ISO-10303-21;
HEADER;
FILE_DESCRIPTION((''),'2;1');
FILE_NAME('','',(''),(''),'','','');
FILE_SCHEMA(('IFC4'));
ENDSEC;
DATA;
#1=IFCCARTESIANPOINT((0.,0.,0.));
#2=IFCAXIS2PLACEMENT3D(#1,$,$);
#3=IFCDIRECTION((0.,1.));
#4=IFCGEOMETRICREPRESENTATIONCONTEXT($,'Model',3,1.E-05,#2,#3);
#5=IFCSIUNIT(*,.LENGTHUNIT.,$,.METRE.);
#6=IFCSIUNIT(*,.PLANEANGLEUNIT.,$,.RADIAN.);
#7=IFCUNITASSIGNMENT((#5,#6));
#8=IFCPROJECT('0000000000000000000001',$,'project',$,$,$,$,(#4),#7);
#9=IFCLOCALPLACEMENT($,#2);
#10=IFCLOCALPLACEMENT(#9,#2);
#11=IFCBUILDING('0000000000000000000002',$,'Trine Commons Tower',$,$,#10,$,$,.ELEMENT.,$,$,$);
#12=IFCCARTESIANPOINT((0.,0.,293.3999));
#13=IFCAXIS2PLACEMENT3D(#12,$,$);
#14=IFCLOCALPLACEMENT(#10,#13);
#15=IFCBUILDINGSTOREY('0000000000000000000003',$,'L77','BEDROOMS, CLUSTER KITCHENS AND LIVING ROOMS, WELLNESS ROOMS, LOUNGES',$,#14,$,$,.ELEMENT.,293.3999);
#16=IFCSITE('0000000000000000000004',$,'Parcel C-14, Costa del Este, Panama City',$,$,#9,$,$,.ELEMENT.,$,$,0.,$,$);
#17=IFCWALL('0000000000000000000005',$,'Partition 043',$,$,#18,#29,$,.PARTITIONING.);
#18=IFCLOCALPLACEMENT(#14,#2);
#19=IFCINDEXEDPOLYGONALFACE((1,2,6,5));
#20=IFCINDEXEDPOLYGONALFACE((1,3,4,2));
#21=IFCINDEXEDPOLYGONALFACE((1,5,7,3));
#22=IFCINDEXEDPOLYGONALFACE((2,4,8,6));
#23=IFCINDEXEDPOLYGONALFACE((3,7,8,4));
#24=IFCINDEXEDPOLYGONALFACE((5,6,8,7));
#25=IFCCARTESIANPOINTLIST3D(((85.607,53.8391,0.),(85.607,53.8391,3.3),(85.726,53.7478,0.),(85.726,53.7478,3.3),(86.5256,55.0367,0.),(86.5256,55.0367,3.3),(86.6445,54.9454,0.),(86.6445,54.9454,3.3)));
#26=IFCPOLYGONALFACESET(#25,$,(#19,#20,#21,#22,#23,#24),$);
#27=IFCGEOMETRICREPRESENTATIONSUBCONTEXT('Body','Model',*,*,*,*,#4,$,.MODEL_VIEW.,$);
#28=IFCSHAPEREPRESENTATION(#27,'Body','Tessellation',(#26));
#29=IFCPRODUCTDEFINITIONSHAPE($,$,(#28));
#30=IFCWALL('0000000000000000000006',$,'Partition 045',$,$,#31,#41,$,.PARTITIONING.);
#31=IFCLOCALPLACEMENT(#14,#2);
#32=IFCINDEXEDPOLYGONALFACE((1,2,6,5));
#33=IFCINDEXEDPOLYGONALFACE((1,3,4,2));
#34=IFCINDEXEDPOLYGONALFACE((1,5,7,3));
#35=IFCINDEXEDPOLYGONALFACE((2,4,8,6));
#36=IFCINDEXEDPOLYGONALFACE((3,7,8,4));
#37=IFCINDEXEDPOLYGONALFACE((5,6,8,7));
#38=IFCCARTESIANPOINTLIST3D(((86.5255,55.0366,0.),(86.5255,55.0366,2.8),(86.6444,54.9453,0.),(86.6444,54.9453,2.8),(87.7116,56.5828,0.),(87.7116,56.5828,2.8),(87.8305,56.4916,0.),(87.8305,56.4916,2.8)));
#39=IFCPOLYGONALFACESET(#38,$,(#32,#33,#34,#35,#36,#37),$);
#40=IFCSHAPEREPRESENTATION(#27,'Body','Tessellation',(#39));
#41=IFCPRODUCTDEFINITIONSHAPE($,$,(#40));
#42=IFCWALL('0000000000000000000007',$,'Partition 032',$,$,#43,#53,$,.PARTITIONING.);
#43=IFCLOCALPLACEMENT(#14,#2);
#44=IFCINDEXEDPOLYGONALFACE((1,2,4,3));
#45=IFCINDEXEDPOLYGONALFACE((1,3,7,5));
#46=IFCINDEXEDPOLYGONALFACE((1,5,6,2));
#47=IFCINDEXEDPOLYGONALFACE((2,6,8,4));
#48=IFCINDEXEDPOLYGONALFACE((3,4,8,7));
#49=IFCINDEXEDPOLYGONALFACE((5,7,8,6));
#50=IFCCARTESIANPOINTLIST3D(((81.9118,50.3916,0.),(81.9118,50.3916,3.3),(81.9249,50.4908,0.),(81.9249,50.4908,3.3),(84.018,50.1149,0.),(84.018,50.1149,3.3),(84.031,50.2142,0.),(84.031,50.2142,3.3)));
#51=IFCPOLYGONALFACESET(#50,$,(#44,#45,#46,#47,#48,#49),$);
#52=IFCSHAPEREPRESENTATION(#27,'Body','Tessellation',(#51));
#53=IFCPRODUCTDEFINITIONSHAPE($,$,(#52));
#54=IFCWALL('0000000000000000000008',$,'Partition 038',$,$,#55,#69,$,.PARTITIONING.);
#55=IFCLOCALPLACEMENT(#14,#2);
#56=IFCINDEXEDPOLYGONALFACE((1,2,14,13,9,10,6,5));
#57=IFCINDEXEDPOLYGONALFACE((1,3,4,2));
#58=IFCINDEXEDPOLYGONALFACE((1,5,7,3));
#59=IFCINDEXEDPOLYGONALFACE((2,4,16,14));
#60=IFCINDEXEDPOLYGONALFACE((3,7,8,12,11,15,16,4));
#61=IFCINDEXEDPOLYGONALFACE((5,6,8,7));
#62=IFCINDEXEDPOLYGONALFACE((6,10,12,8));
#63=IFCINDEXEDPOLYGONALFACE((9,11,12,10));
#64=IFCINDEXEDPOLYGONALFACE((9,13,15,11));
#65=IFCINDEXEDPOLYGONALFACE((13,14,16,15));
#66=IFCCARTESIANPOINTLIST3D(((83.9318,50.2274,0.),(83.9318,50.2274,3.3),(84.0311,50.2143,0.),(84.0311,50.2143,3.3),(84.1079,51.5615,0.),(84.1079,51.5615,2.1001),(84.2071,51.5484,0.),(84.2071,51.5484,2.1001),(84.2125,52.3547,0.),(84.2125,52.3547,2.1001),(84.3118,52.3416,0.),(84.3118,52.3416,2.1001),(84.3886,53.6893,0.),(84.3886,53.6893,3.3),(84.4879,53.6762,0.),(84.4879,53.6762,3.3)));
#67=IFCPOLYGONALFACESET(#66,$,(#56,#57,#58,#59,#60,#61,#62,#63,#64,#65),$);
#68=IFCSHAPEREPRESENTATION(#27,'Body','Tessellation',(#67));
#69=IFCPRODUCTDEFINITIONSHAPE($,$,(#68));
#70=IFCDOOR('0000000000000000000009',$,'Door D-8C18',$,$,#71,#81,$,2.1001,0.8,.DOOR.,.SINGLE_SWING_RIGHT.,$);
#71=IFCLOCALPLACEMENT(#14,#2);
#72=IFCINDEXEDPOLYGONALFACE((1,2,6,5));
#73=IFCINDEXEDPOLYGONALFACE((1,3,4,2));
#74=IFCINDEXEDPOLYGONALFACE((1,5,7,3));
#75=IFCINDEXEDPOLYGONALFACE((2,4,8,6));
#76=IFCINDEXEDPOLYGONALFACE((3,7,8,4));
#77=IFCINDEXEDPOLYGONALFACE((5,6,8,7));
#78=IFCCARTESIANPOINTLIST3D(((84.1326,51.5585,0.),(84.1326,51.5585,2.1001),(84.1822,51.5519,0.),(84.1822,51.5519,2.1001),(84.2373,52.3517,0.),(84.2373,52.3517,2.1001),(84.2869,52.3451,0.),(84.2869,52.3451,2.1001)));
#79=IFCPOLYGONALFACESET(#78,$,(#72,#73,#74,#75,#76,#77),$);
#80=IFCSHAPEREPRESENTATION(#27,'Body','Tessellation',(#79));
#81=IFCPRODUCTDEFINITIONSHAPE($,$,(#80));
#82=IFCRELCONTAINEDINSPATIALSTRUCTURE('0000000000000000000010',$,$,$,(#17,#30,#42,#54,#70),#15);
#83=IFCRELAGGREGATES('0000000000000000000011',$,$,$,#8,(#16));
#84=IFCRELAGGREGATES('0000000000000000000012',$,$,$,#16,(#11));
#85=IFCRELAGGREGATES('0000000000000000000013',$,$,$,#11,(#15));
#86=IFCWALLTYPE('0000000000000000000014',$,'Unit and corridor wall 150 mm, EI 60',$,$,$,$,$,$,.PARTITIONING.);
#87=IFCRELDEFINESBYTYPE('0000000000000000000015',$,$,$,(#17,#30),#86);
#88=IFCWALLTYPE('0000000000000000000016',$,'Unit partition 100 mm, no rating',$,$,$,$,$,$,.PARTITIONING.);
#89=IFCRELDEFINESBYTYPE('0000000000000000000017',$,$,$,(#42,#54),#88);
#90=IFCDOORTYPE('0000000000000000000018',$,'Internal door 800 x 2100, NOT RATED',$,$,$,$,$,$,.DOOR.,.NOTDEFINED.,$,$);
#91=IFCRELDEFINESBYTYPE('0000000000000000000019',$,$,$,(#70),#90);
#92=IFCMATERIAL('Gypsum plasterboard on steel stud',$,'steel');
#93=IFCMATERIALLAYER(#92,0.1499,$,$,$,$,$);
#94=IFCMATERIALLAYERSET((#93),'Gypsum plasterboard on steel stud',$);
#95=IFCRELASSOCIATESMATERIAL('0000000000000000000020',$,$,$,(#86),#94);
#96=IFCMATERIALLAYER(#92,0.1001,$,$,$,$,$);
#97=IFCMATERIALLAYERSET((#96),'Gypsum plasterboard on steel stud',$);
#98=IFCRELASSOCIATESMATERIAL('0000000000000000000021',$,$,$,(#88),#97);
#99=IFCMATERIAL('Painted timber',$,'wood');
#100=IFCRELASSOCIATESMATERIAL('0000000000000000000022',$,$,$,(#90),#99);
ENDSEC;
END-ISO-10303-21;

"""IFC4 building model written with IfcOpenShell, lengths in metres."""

from ifc_helpers import new_model, si_unit, direction, frame, frame_2d, origin, place, context, subcontext, project, spatial, rectangle, extrude, material, layer, layer_set, type_object, element, fill, save


model = new_model("IFC4")

# Units and contexts
model_context = context("Model", 3, precision=1e-05, world=origin(), true_north=direction((0.0, 1.0)))
body_context = subcontext(model_context, "Body", "Model", "MODEL_VIEW")
ifc_project = project(units=[si_unit("LENGTHUNIT", "METRE"), si_unit("PLANEANGLEUNIT", "RADIAN")], contexts=[model_context])

# Site, building, storey
site_placement = place(None, origin())
site = spatial("IfcSite", under=ifc_project, at=site_placement, Name="Parcel C-14, Costa del Este, Panama City", CompositionType="ELEMENT", RefElevation=0.0)
building_placement = place(site_placement, origin())
building = spatial("IfcBuilding", under=site, at=building_placement, Name="Trine Commons Tower", CompositionType="ELEMENT")
storey_placement = place(building_placement, frame((0.0, 0.0, 293.3999)))
storey = spatial("IfcBuildingStorey", under=building, at=storey_placement, Name="L77", Description="BEDROOMS, CLUSTER KITCHENS AND LIVING ROOMS, WELLNESS ROOMS, LOUNGES", CompositionType="ELEMENT", Elevation=293.3999)

# Walls
ifc_material_1 = material(Name="Gypsum plasterboard on steel stud", Category="steel")
ifc_layer_1 = layer(ifc_material_1, 0.1499)
ifc_layer_set_1 = layer_set([ifc_layer_1], Name="Gypsum plasterboard on steel stud")
wall_type_1 = type_object("IfcWallType", Name="Unit and corridor wall 150 mm, EI 60", PredefinedType="PARTITIONING", material=ifc_layer_set_1)
wall_1_placement = place(storey_placement, frame((85.6665, 53.7935, 0.0), z_axis=(0.0, 0.0, 1.0), x_axis=(0.608584, 0.793489, 0.0)))
element("IfcWall", 1, at=wall_1_placement, inside=storey, type_object=wall_type_1, Name="Partition 043", PredefinedType="PARTITIONING", context=body_context, shape_type="SweptSolid", body=[
    extrude(rectangle(XDim=1.5093, YDim=0.1499, at=frame_2d((0.7546, 0.0))), origin(), (0.0, 0.0, 1.0), 3.3),
])
wall_2_placement = place(storey_placement, frame((86.585, 54.991, 0.0), z_axis=(0.0, 0.0, 1.0), x_axis=(0.608645, 0.793443, 0.0)))
element("IfcWall", 2, at=wall_2_placement, inside=storey, type_object=wall_type_1, Name="Partition 045", PredefinedType="PARTITIONING", context=body_context, shape_type="SweptSolid", body=[
    extrude(rectangle(XDim=1.9487, YDim=0.1499, at=frame_2d((0.9744, 0.0))), origin(), (0.0, 0.0, 1.0), 2.8),
])
ifc_layer_2 = layer(ifc_material_1, 0.1001)
ifc_layer_set_2 = layer_set([ifc_layer_2], Name="Gypsum plasterboard on steel stud")
wall_type_2 = type_object("IfcWallType", Name="Unit partition 100 mm, no rating", PredefinedType="PARTITIONING", material=ifc_layer_set_2)
wall_3_placement = place(storey_placement, frame((81.9185, 50.4412, 0.0), z_axis=(0.0, 0.0, 1.0), x_axis=(0.991486, -0.130214, 0.0)))
element("IfcWall", 3, at=wall_3_placement, inside=storey, type_object=wall_type_2, Name="Partition 032", PredefinedType="PARTITIONING", context=body_context, shape_type="SweptSolid", body=[
    extrude(rectangle(XDim=2.1243, YDim=0.1001, at=frame_2d((1.062, 0.0))), origin(), (0.0, 0.0, 1.0), 3.3),
])

# Wall, opening, door
wall_4_placement = place(storey_placement, frame((83.9814, 50.2207, 0.0), z_axis=(0.0, 0.0, 1.0), x_axis=(0.130813, 0.991407, 0.0)))
wall_4 = element("IfcWall", 4, at=wall_4_placement, inside=storey, type_object=wall_type_2, Name="Partition 038", PredefinedType="PARTITIONING", context=body_context, shape_type="SweptSolid", body=[
    extrude(rectangle(XDim=3.4919, YDim=0.1001, at=frame_2d((1.7461, 0.0))), origin(), (0.0, 0.0, 1.0), 3.3),
])
opening_1_placement = place(wall_4_placement, frame((1.3459, 0.0, 0.0)))
opening_1 = element("IfcOpeningElement", 5, at=opening_1_placement, cuts=wall_4, PredefinedType="OPENING", context=body_context, shape_type="SweptSolid", body=[
    extrude(rectangle(XDim=0.8, YDim=2.1001, at=frame_2d((0.3999, 1.05))), frame((0.0, 0.0601, 0.0), z_axis=(0.0, -1.0, 0.0), x_axis=(1.0, 0.0, 0.0)), (0.0, 0.0, 1.0), 0.1201),
])
ifc_material_2 = material(Name="Painted timber", Category="wood")
door_type_1 = type_object("IfcDoorType", Name="Internal door 800 x 2100, NOT RATED", OperationType="NOTDEFINED", PredefinedType="DOOR", material=ifc_material_2)
door_1_placement = place(opening_1_placement, frame((0.8, 0.0, 0.0), z_axis=(0.0, 0.0, 1.0), x_axis=(-1.0, 0.0, 0.0)))
door_1 = element("IfcDoor", 6, at=door_1_placement, inside=storey, type_object=door_type_1, Name="Door D-8C18", OperationType="SINGLE_SWING_RIGHT", OverallHeight=2.1001, OverallWidth=0.8, PredefinedType="DOOR", context=body_context, shape_type="SweptSolid", body=[
    extrude(rectangle(XDim=0.8, YDim=2.1001, at=frame_2d((0.3999, 1.05))), frame((0.0, 0.0249, 0.0), z_axis=(0.0, -1.0, 0.0), x_axis=(1.0, 0.0, 0.0)), (0.0, 0.0, 1.0), 0.05),
])
fill(opening_1, door_1)

save(model, "model.ifc")
